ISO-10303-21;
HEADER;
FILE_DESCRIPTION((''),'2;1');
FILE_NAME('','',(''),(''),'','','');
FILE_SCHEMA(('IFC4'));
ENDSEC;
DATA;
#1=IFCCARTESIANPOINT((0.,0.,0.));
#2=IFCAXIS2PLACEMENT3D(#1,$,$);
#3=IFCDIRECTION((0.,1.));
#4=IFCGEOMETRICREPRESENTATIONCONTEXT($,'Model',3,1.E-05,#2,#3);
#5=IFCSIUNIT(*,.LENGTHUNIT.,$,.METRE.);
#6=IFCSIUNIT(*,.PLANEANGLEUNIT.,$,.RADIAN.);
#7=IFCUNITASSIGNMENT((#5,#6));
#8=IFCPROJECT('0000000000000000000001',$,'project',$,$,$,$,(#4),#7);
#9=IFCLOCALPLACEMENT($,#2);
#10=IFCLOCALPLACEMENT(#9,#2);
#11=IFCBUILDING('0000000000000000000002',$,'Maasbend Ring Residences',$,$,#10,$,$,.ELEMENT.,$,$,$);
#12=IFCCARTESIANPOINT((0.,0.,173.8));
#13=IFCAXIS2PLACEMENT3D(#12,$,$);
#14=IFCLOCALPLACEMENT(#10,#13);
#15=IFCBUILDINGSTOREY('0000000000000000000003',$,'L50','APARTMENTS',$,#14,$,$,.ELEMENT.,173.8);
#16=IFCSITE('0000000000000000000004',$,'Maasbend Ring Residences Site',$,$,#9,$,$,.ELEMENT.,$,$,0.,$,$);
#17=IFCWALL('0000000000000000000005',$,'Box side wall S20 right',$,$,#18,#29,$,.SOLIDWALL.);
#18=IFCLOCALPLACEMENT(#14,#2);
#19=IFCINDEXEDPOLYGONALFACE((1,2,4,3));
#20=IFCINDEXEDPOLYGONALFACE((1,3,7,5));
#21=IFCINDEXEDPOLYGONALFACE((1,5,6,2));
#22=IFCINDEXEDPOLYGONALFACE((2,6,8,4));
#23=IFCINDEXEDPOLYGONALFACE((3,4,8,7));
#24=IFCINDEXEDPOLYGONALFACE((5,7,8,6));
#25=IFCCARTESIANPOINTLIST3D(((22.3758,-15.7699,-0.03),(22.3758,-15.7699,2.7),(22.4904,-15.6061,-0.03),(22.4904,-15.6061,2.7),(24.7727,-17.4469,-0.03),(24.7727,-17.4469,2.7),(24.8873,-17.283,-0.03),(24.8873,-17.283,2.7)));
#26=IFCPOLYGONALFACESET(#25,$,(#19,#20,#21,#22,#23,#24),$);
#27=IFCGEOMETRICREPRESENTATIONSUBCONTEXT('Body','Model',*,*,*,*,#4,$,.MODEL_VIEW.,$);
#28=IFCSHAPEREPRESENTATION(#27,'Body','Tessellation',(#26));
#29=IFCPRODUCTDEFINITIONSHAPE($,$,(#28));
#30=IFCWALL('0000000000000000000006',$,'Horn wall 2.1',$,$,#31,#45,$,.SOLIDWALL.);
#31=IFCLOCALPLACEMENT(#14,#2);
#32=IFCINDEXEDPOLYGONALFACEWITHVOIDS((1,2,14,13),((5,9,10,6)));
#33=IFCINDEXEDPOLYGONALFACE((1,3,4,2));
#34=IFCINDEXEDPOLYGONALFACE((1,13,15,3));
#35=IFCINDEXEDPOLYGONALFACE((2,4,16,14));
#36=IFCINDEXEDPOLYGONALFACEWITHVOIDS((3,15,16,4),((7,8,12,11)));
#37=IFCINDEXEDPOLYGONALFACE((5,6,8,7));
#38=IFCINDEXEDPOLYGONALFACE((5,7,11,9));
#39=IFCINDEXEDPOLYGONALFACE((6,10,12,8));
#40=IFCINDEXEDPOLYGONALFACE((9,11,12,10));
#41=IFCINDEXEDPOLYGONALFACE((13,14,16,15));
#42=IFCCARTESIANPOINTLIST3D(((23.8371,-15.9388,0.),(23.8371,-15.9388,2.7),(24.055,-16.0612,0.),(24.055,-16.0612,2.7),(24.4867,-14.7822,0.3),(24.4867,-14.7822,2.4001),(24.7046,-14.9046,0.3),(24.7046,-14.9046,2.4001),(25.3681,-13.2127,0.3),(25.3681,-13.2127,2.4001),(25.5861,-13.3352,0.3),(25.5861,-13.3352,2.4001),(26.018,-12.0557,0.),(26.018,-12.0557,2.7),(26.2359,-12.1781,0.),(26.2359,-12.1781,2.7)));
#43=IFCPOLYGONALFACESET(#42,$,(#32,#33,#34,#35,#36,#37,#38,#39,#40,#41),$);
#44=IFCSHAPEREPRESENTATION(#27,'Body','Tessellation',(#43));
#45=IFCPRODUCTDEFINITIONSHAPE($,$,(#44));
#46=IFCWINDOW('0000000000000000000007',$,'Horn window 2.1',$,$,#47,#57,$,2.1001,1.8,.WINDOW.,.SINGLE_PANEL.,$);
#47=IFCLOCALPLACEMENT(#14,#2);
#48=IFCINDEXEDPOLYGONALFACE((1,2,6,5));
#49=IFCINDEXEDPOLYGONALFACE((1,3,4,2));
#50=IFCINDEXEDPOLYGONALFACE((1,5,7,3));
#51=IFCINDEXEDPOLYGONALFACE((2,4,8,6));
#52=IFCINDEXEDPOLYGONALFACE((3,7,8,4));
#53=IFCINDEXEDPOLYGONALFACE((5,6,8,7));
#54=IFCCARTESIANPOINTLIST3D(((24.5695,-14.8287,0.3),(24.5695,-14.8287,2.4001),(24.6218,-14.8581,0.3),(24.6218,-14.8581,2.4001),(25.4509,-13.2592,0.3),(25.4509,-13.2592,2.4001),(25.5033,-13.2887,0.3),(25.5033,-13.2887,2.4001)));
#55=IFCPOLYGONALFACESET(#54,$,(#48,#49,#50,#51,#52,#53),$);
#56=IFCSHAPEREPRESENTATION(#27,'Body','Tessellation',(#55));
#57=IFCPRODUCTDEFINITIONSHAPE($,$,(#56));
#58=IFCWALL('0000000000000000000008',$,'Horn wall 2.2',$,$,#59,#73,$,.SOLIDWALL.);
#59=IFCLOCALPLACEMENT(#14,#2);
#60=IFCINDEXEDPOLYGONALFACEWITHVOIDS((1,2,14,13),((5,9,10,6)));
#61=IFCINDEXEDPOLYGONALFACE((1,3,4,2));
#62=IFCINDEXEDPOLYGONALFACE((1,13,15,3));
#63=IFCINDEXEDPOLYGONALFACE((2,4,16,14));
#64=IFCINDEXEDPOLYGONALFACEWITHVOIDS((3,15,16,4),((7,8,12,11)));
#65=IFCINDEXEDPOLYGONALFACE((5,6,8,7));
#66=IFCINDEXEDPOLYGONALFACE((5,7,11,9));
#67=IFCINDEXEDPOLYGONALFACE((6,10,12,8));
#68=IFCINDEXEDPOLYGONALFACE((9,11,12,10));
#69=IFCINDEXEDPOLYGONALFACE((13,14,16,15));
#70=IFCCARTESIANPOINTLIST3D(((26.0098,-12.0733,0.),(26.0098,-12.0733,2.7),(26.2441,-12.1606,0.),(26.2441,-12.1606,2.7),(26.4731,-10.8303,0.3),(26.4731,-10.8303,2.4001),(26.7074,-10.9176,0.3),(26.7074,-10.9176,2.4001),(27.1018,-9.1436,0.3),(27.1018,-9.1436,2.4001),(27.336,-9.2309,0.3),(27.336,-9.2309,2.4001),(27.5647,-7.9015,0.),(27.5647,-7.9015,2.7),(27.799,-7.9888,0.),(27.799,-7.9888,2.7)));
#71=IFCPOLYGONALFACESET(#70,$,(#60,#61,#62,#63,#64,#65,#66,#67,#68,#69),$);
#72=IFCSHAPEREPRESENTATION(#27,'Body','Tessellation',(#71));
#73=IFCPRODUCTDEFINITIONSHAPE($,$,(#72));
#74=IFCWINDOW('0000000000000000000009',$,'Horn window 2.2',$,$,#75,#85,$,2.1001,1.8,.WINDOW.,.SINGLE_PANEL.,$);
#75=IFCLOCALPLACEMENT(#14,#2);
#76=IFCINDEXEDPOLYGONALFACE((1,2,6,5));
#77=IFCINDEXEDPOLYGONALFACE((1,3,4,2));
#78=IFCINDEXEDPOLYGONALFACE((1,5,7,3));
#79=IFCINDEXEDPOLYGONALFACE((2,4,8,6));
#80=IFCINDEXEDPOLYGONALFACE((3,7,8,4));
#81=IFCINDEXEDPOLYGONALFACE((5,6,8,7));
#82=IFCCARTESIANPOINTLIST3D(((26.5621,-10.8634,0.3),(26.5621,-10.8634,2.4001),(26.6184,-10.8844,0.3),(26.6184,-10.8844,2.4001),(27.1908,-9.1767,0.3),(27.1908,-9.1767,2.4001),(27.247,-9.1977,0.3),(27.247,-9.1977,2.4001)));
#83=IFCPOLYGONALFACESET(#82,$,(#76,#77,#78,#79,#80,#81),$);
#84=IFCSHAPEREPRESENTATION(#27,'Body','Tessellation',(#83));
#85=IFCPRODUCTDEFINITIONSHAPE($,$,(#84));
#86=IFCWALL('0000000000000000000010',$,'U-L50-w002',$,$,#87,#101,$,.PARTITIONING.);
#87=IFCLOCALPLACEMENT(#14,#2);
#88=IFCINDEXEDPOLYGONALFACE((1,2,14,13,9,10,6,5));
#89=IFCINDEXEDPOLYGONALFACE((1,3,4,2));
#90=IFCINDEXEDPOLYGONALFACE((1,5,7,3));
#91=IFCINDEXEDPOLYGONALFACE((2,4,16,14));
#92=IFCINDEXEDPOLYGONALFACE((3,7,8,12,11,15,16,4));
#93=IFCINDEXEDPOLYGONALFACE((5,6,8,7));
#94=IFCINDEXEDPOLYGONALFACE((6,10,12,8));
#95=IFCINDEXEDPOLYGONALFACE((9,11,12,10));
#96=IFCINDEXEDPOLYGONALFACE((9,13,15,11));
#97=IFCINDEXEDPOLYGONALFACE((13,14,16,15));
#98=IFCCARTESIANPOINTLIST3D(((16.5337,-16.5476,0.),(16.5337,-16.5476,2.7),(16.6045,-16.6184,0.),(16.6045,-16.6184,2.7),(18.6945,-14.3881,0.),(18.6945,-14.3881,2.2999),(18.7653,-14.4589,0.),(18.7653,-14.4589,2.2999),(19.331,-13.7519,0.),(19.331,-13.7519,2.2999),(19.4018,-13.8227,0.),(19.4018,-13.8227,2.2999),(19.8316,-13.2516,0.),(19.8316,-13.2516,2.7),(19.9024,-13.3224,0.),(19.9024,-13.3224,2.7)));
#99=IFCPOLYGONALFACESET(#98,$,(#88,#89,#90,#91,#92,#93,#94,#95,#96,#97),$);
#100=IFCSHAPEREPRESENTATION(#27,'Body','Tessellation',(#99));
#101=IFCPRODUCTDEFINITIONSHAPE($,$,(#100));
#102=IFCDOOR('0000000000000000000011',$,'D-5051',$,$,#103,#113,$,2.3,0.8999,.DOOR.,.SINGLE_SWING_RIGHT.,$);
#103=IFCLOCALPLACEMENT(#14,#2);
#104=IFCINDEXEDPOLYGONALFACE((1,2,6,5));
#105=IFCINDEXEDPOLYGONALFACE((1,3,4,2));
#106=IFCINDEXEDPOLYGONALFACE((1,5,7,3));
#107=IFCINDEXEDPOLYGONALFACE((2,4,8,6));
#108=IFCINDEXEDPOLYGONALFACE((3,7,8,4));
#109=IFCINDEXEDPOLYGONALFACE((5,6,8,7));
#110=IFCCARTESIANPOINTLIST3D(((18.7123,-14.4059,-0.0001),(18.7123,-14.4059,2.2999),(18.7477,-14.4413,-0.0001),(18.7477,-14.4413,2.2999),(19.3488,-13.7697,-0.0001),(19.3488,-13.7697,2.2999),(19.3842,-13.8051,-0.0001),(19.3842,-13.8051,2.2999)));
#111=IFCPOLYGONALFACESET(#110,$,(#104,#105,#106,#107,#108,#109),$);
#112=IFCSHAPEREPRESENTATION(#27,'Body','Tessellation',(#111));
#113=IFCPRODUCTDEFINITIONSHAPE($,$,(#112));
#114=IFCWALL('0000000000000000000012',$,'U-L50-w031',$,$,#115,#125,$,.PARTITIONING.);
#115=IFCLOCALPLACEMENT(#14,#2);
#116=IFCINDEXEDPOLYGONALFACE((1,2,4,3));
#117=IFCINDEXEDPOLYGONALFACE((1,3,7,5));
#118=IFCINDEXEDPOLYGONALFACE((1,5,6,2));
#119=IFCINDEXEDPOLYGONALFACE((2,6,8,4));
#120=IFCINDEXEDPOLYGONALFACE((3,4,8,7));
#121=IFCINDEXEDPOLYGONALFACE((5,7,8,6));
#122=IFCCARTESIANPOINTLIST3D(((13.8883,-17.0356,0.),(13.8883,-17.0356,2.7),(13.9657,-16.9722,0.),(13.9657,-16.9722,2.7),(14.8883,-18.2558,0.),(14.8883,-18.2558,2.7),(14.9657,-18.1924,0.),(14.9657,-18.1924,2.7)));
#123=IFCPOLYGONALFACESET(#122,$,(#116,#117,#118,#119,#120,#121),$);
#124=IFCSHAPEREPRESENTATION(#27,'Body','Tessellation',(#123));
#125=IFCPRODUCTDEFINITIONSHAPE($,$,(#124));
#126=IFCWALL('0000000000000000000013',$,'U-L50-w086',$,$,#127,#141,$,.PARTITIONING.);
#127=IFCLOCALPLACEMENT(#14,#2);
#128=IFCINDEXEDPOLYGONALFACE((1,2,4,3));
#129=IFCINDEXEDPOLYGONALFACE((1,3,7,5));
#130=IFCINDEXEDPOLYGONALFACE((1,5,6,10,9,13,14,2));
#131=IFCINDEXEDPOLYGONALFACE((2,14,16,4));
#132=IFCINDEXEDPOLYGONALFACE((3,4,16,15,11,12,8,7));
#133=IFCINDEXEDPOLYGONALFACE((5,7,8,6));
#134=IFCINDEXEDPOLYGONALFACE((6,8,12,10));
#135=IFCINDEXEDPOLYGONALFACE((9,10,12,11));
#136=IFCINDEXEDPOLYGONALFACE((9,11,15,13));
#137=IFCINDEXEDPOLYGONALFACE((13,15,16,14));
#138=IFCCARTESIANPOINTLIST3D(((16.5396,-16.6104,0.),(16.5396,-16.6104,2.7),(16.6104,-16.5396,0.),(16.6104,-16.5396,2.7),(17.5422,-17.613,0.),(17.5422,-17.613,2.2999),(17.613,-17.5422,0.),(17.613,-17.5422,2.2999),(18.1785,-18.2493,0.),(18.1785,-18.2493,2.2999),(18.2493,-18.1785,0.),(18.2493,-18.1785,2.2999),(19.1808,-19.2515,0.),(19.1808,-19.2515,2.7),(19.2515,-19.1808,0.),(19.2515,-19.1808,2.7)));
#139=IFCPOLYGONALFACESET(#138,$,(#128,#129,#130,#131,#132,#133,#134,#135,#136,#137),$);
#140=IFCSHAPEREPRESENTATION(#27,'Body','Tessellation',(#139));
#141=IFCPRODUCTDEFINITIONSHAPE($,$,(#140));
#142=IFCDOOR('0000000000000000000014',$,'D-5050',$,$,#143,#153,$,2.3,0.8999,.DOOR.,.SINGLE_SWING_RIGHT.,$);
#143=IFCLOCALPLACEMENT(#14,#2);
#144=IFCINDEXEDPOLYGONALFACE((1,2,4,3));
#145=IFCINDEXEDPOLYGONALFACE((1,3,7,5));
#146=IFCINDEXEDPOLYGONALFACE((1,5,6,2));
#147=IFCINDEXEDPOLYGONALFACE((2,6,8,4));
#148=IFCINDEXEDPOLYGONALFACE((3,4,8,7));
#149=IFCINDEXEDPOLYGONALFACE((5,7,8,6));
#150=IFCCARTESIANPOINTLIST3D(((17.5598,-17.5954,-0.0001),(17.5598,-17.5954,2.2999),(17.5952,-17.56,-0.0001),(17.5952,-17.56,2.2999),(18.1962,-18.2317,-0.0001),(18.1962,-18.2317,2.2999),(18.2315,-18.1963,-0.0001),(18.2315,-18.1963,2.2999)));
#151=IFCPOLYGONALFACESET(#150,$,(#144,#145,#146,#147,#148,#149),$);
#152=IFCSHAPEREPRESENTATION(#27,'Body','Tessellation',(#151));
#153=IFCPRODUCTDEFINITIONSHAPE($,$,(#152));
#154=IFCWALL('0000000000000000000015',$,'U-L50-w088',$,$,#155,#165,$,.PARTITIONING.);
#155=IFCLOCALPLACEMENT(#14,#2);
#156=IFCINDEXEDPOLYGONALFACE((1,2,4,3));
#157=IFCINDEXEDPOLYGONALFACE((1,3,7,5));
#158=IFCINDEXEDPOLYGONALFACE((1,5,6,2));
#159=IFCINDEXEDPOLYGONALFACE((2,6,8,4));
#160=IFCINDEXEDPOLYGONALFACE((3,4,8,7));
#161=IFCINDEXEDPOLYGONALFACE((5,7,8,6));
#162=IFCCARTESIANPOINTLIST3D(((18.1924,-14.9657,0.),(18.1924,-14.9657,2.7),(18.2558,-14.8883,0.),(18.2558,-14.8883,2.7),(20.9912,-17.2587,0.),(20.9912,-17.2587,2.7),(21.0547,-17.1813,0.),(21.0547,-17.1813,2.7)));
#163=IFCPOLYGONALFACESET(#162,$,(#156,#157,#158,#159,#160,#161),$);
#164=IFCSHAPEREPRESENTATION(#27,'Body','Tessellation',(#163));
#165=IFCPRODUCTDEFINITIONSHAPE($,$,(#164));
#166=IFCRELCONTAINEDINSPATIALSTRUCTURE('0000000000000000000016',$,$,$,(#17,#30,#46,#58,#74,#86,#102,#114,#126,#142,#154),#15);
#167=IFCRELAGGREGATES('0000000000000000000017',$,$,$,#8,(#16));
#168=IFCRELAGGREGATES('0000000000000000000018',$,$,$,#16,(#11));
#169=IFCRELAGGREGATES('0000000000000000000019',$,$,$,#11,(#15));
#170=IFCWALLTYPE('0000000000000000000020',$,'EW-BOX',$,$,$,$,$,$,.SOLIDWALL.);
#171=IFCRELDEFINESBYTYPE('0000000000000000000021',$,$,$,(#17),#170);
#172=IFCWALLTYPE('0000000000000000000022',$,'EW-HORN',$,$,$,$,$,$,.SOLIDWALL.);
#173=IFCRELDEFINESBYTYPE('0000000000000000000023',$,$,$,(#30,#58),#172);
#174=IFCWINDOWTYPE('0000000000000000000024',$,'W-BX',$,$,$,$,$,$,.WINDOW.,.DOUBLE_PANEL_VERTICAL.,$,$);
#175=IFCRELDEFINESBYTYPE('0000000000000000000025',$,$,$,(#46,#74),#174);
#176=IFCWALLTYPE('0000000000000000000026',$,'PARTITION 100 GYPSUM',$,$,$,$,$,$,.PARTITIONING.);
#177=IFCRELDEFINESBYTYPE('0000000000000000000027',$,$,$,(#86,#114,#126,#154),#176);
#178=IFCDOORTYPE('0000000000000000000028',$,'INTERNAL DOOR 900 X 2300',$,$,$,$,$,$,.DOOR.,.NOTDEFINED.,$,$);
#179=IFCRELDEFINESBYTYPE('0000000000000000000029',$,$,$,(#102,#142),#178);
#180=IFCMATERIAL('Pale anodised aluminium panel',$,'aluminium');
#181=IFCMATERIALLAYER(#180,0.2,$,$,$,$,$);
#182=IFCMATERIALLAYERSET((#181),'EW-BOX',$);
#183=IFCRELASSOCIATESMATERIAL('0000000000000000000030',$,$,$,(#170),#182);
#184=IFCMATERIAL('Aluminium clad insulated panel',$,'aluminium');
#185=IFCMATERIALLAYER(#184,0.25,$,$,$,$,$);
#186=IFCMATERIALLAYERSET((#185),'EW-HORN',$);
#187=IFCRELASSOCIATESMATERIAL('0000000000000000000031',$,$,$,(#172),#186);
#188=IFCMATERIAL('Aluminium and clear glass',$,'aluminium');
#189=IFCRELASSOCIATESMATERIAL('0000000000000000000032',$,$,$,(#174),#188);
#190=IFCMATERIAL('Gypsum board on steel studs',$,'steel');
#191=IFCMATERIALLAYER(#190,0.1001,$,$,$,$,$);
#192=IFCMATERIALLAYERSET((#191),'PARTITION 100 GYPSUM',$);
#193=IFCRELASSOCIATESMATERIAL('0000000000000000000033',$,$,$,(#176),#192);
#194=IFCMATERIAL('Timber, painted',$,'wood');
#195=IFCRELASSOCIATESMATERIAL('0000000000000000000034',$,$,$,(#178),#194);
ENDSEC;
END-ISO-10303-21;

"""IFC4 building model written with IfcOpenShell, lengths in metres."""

from ifc_helpers import new_model, si_unit, direction, frame, frame_2d, origin, place, context, subcontext, project, spatial, rectangle, extrude, material, layer, layer_set, type_object, element, fill, save


model = new_model("IFC4")

# Units and contexts
model_context = context("Model", 3, precision=1e-05, world=origin(), true_north=direction((0.0, 1.0)))
body_context = subcontext(model_context, "Body", "Model", "MODEL_VIEW")
ifc_project = project(units=[si_unit("LENGTHUNIT", "METRE"), si_unit("PLANEANGLEUNIT", "RADIAN")], contexts=[model_context])

# Site, building, storey
site_placement = place(None, origin())
site = spatial("IfcSite", under=ifc_project, at=site_placement, Name="Maasbend Ring Residences Site", CompositionType="ELEMENT", RefElevation=0.0)
building_placement = place(site_placement, origin())
building = spatial("IfcBuilding", under=site, at=building_placement, Name="Maasbend Ring Residences", CompositionType="ELEMENT")
storey_placement = place(building_placement, frame((0.0, 0.0, 173.8)))
storey = spatial("IfcBuildingStorey", under=building, at=storey_placement, Name="L50", Description="APARTMENTS", CompositionType="ELEMENT", Elevation=173.8)

# Wall
ifc_material_1 = material(Name="Pale anodised aluminium panel", Category="aluminium")
ifc_layer_1 = layer(ifc_material_1, 0.2)
ifc_layer_set_1 = layer_set([ifc_layer_1], Name="EW-BOX")
wall_type_1 = type_object("IfcWallType", Name="EW-BOX", PredefinedType="SOLIDWALL", material=ifc_layer_set_1)
wall_1_placement = place(storey_placement, frame((22.4331, -15.688, -0.03), z_axis=(0.0, 0.0, 1.0), x_axis=(0.819373, -0.573261, 0.0)))
element("IfcWall", 1, at=wall_1_placement, inside=storey, type_object=wall_type_1, Name="Box side wall S20 right", PredefinedType="SOLIDWALL", context=body_context, shape_type="SweptSolid", body=[
    extrude(rectangle(XDim=2.9253, YDim=0.2, at=frame_2d((1.4626, 0.0))), origin(), (0.0, 0.0, 1.0), 2.73),
])

# Walls, openings, windows
ifc_material_2 = material(Name="Aluminium clad insulated panel", Category="aluminium")
ifc_layer_2 = layer(ifc_material_2, 0.25)
ifc_layer_set_2 = layer_set([ifc_layer_2], Name="EW-HORN")
wall_type_2 = type_object("IfcWallType", Name="EW-HORN", PredefinedType="SOLIDWALL", material=ifc_layer_set_2)
wall_2_placement = place(storey_placement, frame((23.946, -16.0, 0.0), z_axis=(0.0, 0.0, 1.0), x_axis=(0.489696, 0.871893, 0.0)))
wall_2 = element("IfcWall", 2, at=wall_2_placement, inside=storey, type_object=wall_type_2, Name="Horn wall 2.1", PredefinedType="SOLIDWALL", context=body_context, shape_type="SweptSolid", body=[
    extrude(rectangle(XDim=4.4536, YDim=0.25, at=frame_2d((2.2268, 0.0))), origin(), (0.0, 0.0, 1.0), 2.7),
])
opening_1_placement = place(wall_2_placement, frame((1.3267, 0.0, 0.3)))
opening_1 = element("IfcOpeningElement", 3, at=opening_1_placement, cuts=wall_2, PredefinedType="OPENING", context=body_context, shape_type="SweptSolid", body=[
    extrude(rectangle(XDim=1.8, YDim=2.1001, at=frame_2d((0.8999, 1.05))), frame((0.0, 0.135, 0.0), z_axis=(0.0, -1.0, 0.0), x_axis=(1.0, 0.0, 0.0)), (0.0, 0.0, 1.0), 0.27),
])
ifc_material_3 = material(Name="Aluminium and clear glass", Category="aluminium")
window_type = type_object("IfcWindowType", Name="W-BX", PartitioningType="DOUBLE_PANEL_VERTICAL", PredefinedType="WINDOW", material=ifc_material_3)
window_1_placement = place(opening_1_placement, origin())
window_1 = element("IfcWindow", 4, at=window_1_placement, inside=storey, type_object=window_type, Name="Horn window 2.1", OverallHeight=2.1001, OverallWidth=1.8, PartitioningType="SINGLE_PANEL", PredefinedType="WINDOW", context=body_context, shape_type="SweptSolid", body=[
    extrude(rectangle(XDim=1.8, YDim=2.1001, at=frame_2d((0.8999, 1.05))), frame((0.0, 0.03, 0.0), z_axis=(0.0, -1.0, 0.0), x_axis=(1.0, 0.0, 0.0)), (0.0, 0.0, 1.0), 0.0601),
])
fill(opening_1, window_1)
wall_3_placement = place(storey_placement, frame((26.127, -12.1169, 0.0), z_axis=(0.0, 0.0, 1.0), x_axis=(0.349248, 0.93703, 0.0)))
wall_3 = element("IfcWall", 5, at=wall_3_placement, inside=storey, type_object=wall_type_2, Name="Horn wall 2.2", PredefinedType="SOLIDWALL", context=body_context, shape_type="SweptSolid", body=[
    extrude(rectangle(XDim=4.4521, YDim=0.25, at=frame_2d((2.2261, 0.0))), origin(), (0.0, 0.0, 1.0), 2.7),
])
opening_2_placement = place(wall_3_placement, frame((1.3267, 0.0, 0.3)))
opening_2 = element("IfcOpeningElement", 6, at=opening_2_placement, cuts=wall_3, PredefinedType="OPENING", context=body_context, shape_type="SweptSolid", body=[
    extrude(rectangle(XDim=1.8, YDim=2.1001, at=frame_2d((0.8999, 1.05))), frame((0.0, 0.135, 0.0), z_axis=(0.0, -1.0, 0.0), x_axis=(1.0, 0.0, 0.0)), (0.0, 0.0, 1.0), 0.27),
])
window_2_placement = place(opening_2_placement, origin())
window_2 = element("IfcWindow", 7, at=window_2_placement, inside=storey, type_object=window_type, Name="Horn window 2.2", OverallHeight=2.1001, OverallWidth=1.8, PartitioningType="SINGLE_PANEL", PredefinedType="WINDOW", context=body_context, shape_type="SweptSolid", body=[
    extrude(rectangle(XDim=1.8, YDim=2.1001, at=frame_2d((0.8999, 1.05))), frame((0.0, 0.03, 0.0), z_axis=(0.0, -1.0, 0.0), x_axis=(1.0, 0.0, 0.0)), (0.0, 0.0, 1.0), 0.0601),
])
fill(opening_2, window_2)

# Wall, opening, door
ifc_material_4 = material(Name="Gypsum board on steel studs", Category="steel")
ifc_layer_3 = layer(ifc_material_4, 0.1001)
ifc_layer_set_3 = layer_set([ifc_layer_3], Name="PARTITION 100 GYPSUM")
wall_type_3 = type_object("IfcWallType", Name="PARTITION 100 GYPSUM", PredefinedType="PARTITIONING", material=ifc_layer_set_3)
wall_4_placement = place(storey_placement, frame((16.5691, -16.583, 0.0), z_axis=(0.0, 0.0, 1.0), x_axis=(0.707316, 0.706897, 0.0)))
wall_4 = element("IfcWall", 8, at=wall_4_placement, inside=storey, type_object=wall_type_3, Name="U-L50-w002", PredefinedType="PARTITIONING", context=body_context, shape_type="SweptSolid", body=[
    extrude(rectangle(XDim=4.6626, YDim=0.1001, at=frame_2d((2.3313, 0.0))), origin(), (0.0, 0.0, 1.0), 2.7),
])
opening_3_placement = place(wall_4_placement, frame((3.0549, 0.0, 0.0)))
opening_3 = element("IfcOpeningElement", 9, at=opening_3_placement, cuts=wall_4, PredefinedType="OPENING", context=body_context, shape_type="SweptSolid", body=[
    extrude(rectangle(XDim=0.8999, YDim=2.3, at=frame_2d((0.45, 1.1499))), frame((0.0, 0.0601, 0.0), z_axis=(0.0, -1.0, 0.0), x_axis=(1.0, 0.0, 0.0)), (0.0, 0.0, 1.0), 0.1201),
])
ifc_material_5 = material(Name="Timber, painted", Category="wood")
door_type_1 = type_object("IfcDoorType", Name="INTERNAL DOOR 900 X 2300", OperationType="NOTDEFINED", PredefinedType="DOOR", material=ifc_material_5)
door_1_placement = place(opening_3_placement, origin())
door_1 = element("IfcDoor", 10, at=door_1_placement, inside=storey, type_object=door_type_1, Name="D-5051", OperationType="SINGLE_SWING_RIGHT", OverallHeight=2.3, OverallWidth=0.8999, PredefinedType="DOOR", context=body_context, shape_type="SweptSolid", body=[
    extrude(rectangle(XDim=0.8999, YDim=2.3, at=frame_2d((0.45, 1.1499))), frame((0.0, 0.0249, 0.0), z_axis=(0.0, -1.0, 0.0), x_axis=(1.0, 0.0, 0.0)), (0.0, 0.0, 1.0), 0.05),
])
fill(opening_3, door_1)

# Wall
wall_5_placement = place(storey_placement, frame((13.927, -17.0039, 0.0), z_axis=(0.0, 0.0, 1.0), x_axis=(0.633861, -0.773447, 0.0)))
element("IfcWall", 11, at=wall_5_placement, inside=storey, type_object=wall_type_3, Name="U-L50-w031", PredefinedType="PARTITIONING", context=body_context, shape_type="SweptSolid", body=[
    extrude(rectangle(XDim=1.5776, YDim=0.1001, at=frame_2d((0.7888, 0.0))), origin(), (0.0, 0.0, 1.0), 2.7),
])

# Wall, opening, door
wall_6_placement = place(storey_placement, frame((16.575, -16.575, 0.0), z_axis=(0.0, 0.0, 1.0), x_axis=(0.707107, -0.707107, 0.0)))
wall_6 = element("IfcWall", 12, at=wall_6_placement, inside=storey, type_object=wall_type_3, Name="U-L50-w086", PredefinedType="PARTITIONING", context=body_context, shape_type="SweptSolid", body=[
    extrude(rectangle(XDim=3.7351, YDim=0.1001, at=frame_2d((1.8677, 0.0))), origin(), (0.0, 0.0, 1.0), 2.7),
])
opening_4_placement = place(wall_6_placement, frame((1.418, 0.0, 0.0)))
opening_4 = element("IfcOpeningElement", 13, at=opening_4_placement, cuts=wall_6, PredefinedType="OPENING", context=body_context, shape_type="SweptSolid", body=[
    extrude(rectangle(XDim=0.8999, YDim=2.3, at=frame_2d((0.45, 1.1499))), frame((0.0, 0.0601, 0.0), z_axis=(0.0, -1.0, 0.0), x_axis=(1.0, 0.0, 0.0)), (0.0, 0.0, 1.0), 0.1201),
])
door_2_placement = place(opening_4_placement, origin())
door_2 = element("IfcDoor", 14, at=door_2_placement, inside=storey, type_object=door_type_1, Name="D-5050", OperationType="SINGLE_SWING_RIGHT", OverallHeight=2.3, OverallWidth=0.8999, PredefinedType="DOOR", context=body_context, shape_type="SweptSolid", body=[
    extrude(rectangle(XDim=0.8999, YDim=2.3, at=frame_2d((0.45, 1.1499))), frame((0.0, 0.0249, 0.0), z_axis=(0.0, -1.0, 0.0), x_axis=(1.0, 0.0, 0.0)), (0.0, 0.0, 1.0), 0.05),
])
fill(opening_4, door_2)

# Wall
wall_7_placement = place(storey_placement, frame((18.2241, -14.927, 0.0), z_axis=(0.0, 0.0, 1.0), x_axis=(0.773548, -0.633737, 0.0)))
element("IfcWall", 15, at=wall_7_placement, inside=storey, type_object=wall_type_3, Name="U-L50-w088", PredefinedType="PARTITIONING", context=body_context, shape_type="SweptSolid", body=[
    extrude(rectangle(XDim=3.6182, YDim=0.1001, at=frame_2d((1.8091, 0.0))), origin(), (0.0, 0.0, 1.0), 2.7),
])

save(model, "model.ifc")
